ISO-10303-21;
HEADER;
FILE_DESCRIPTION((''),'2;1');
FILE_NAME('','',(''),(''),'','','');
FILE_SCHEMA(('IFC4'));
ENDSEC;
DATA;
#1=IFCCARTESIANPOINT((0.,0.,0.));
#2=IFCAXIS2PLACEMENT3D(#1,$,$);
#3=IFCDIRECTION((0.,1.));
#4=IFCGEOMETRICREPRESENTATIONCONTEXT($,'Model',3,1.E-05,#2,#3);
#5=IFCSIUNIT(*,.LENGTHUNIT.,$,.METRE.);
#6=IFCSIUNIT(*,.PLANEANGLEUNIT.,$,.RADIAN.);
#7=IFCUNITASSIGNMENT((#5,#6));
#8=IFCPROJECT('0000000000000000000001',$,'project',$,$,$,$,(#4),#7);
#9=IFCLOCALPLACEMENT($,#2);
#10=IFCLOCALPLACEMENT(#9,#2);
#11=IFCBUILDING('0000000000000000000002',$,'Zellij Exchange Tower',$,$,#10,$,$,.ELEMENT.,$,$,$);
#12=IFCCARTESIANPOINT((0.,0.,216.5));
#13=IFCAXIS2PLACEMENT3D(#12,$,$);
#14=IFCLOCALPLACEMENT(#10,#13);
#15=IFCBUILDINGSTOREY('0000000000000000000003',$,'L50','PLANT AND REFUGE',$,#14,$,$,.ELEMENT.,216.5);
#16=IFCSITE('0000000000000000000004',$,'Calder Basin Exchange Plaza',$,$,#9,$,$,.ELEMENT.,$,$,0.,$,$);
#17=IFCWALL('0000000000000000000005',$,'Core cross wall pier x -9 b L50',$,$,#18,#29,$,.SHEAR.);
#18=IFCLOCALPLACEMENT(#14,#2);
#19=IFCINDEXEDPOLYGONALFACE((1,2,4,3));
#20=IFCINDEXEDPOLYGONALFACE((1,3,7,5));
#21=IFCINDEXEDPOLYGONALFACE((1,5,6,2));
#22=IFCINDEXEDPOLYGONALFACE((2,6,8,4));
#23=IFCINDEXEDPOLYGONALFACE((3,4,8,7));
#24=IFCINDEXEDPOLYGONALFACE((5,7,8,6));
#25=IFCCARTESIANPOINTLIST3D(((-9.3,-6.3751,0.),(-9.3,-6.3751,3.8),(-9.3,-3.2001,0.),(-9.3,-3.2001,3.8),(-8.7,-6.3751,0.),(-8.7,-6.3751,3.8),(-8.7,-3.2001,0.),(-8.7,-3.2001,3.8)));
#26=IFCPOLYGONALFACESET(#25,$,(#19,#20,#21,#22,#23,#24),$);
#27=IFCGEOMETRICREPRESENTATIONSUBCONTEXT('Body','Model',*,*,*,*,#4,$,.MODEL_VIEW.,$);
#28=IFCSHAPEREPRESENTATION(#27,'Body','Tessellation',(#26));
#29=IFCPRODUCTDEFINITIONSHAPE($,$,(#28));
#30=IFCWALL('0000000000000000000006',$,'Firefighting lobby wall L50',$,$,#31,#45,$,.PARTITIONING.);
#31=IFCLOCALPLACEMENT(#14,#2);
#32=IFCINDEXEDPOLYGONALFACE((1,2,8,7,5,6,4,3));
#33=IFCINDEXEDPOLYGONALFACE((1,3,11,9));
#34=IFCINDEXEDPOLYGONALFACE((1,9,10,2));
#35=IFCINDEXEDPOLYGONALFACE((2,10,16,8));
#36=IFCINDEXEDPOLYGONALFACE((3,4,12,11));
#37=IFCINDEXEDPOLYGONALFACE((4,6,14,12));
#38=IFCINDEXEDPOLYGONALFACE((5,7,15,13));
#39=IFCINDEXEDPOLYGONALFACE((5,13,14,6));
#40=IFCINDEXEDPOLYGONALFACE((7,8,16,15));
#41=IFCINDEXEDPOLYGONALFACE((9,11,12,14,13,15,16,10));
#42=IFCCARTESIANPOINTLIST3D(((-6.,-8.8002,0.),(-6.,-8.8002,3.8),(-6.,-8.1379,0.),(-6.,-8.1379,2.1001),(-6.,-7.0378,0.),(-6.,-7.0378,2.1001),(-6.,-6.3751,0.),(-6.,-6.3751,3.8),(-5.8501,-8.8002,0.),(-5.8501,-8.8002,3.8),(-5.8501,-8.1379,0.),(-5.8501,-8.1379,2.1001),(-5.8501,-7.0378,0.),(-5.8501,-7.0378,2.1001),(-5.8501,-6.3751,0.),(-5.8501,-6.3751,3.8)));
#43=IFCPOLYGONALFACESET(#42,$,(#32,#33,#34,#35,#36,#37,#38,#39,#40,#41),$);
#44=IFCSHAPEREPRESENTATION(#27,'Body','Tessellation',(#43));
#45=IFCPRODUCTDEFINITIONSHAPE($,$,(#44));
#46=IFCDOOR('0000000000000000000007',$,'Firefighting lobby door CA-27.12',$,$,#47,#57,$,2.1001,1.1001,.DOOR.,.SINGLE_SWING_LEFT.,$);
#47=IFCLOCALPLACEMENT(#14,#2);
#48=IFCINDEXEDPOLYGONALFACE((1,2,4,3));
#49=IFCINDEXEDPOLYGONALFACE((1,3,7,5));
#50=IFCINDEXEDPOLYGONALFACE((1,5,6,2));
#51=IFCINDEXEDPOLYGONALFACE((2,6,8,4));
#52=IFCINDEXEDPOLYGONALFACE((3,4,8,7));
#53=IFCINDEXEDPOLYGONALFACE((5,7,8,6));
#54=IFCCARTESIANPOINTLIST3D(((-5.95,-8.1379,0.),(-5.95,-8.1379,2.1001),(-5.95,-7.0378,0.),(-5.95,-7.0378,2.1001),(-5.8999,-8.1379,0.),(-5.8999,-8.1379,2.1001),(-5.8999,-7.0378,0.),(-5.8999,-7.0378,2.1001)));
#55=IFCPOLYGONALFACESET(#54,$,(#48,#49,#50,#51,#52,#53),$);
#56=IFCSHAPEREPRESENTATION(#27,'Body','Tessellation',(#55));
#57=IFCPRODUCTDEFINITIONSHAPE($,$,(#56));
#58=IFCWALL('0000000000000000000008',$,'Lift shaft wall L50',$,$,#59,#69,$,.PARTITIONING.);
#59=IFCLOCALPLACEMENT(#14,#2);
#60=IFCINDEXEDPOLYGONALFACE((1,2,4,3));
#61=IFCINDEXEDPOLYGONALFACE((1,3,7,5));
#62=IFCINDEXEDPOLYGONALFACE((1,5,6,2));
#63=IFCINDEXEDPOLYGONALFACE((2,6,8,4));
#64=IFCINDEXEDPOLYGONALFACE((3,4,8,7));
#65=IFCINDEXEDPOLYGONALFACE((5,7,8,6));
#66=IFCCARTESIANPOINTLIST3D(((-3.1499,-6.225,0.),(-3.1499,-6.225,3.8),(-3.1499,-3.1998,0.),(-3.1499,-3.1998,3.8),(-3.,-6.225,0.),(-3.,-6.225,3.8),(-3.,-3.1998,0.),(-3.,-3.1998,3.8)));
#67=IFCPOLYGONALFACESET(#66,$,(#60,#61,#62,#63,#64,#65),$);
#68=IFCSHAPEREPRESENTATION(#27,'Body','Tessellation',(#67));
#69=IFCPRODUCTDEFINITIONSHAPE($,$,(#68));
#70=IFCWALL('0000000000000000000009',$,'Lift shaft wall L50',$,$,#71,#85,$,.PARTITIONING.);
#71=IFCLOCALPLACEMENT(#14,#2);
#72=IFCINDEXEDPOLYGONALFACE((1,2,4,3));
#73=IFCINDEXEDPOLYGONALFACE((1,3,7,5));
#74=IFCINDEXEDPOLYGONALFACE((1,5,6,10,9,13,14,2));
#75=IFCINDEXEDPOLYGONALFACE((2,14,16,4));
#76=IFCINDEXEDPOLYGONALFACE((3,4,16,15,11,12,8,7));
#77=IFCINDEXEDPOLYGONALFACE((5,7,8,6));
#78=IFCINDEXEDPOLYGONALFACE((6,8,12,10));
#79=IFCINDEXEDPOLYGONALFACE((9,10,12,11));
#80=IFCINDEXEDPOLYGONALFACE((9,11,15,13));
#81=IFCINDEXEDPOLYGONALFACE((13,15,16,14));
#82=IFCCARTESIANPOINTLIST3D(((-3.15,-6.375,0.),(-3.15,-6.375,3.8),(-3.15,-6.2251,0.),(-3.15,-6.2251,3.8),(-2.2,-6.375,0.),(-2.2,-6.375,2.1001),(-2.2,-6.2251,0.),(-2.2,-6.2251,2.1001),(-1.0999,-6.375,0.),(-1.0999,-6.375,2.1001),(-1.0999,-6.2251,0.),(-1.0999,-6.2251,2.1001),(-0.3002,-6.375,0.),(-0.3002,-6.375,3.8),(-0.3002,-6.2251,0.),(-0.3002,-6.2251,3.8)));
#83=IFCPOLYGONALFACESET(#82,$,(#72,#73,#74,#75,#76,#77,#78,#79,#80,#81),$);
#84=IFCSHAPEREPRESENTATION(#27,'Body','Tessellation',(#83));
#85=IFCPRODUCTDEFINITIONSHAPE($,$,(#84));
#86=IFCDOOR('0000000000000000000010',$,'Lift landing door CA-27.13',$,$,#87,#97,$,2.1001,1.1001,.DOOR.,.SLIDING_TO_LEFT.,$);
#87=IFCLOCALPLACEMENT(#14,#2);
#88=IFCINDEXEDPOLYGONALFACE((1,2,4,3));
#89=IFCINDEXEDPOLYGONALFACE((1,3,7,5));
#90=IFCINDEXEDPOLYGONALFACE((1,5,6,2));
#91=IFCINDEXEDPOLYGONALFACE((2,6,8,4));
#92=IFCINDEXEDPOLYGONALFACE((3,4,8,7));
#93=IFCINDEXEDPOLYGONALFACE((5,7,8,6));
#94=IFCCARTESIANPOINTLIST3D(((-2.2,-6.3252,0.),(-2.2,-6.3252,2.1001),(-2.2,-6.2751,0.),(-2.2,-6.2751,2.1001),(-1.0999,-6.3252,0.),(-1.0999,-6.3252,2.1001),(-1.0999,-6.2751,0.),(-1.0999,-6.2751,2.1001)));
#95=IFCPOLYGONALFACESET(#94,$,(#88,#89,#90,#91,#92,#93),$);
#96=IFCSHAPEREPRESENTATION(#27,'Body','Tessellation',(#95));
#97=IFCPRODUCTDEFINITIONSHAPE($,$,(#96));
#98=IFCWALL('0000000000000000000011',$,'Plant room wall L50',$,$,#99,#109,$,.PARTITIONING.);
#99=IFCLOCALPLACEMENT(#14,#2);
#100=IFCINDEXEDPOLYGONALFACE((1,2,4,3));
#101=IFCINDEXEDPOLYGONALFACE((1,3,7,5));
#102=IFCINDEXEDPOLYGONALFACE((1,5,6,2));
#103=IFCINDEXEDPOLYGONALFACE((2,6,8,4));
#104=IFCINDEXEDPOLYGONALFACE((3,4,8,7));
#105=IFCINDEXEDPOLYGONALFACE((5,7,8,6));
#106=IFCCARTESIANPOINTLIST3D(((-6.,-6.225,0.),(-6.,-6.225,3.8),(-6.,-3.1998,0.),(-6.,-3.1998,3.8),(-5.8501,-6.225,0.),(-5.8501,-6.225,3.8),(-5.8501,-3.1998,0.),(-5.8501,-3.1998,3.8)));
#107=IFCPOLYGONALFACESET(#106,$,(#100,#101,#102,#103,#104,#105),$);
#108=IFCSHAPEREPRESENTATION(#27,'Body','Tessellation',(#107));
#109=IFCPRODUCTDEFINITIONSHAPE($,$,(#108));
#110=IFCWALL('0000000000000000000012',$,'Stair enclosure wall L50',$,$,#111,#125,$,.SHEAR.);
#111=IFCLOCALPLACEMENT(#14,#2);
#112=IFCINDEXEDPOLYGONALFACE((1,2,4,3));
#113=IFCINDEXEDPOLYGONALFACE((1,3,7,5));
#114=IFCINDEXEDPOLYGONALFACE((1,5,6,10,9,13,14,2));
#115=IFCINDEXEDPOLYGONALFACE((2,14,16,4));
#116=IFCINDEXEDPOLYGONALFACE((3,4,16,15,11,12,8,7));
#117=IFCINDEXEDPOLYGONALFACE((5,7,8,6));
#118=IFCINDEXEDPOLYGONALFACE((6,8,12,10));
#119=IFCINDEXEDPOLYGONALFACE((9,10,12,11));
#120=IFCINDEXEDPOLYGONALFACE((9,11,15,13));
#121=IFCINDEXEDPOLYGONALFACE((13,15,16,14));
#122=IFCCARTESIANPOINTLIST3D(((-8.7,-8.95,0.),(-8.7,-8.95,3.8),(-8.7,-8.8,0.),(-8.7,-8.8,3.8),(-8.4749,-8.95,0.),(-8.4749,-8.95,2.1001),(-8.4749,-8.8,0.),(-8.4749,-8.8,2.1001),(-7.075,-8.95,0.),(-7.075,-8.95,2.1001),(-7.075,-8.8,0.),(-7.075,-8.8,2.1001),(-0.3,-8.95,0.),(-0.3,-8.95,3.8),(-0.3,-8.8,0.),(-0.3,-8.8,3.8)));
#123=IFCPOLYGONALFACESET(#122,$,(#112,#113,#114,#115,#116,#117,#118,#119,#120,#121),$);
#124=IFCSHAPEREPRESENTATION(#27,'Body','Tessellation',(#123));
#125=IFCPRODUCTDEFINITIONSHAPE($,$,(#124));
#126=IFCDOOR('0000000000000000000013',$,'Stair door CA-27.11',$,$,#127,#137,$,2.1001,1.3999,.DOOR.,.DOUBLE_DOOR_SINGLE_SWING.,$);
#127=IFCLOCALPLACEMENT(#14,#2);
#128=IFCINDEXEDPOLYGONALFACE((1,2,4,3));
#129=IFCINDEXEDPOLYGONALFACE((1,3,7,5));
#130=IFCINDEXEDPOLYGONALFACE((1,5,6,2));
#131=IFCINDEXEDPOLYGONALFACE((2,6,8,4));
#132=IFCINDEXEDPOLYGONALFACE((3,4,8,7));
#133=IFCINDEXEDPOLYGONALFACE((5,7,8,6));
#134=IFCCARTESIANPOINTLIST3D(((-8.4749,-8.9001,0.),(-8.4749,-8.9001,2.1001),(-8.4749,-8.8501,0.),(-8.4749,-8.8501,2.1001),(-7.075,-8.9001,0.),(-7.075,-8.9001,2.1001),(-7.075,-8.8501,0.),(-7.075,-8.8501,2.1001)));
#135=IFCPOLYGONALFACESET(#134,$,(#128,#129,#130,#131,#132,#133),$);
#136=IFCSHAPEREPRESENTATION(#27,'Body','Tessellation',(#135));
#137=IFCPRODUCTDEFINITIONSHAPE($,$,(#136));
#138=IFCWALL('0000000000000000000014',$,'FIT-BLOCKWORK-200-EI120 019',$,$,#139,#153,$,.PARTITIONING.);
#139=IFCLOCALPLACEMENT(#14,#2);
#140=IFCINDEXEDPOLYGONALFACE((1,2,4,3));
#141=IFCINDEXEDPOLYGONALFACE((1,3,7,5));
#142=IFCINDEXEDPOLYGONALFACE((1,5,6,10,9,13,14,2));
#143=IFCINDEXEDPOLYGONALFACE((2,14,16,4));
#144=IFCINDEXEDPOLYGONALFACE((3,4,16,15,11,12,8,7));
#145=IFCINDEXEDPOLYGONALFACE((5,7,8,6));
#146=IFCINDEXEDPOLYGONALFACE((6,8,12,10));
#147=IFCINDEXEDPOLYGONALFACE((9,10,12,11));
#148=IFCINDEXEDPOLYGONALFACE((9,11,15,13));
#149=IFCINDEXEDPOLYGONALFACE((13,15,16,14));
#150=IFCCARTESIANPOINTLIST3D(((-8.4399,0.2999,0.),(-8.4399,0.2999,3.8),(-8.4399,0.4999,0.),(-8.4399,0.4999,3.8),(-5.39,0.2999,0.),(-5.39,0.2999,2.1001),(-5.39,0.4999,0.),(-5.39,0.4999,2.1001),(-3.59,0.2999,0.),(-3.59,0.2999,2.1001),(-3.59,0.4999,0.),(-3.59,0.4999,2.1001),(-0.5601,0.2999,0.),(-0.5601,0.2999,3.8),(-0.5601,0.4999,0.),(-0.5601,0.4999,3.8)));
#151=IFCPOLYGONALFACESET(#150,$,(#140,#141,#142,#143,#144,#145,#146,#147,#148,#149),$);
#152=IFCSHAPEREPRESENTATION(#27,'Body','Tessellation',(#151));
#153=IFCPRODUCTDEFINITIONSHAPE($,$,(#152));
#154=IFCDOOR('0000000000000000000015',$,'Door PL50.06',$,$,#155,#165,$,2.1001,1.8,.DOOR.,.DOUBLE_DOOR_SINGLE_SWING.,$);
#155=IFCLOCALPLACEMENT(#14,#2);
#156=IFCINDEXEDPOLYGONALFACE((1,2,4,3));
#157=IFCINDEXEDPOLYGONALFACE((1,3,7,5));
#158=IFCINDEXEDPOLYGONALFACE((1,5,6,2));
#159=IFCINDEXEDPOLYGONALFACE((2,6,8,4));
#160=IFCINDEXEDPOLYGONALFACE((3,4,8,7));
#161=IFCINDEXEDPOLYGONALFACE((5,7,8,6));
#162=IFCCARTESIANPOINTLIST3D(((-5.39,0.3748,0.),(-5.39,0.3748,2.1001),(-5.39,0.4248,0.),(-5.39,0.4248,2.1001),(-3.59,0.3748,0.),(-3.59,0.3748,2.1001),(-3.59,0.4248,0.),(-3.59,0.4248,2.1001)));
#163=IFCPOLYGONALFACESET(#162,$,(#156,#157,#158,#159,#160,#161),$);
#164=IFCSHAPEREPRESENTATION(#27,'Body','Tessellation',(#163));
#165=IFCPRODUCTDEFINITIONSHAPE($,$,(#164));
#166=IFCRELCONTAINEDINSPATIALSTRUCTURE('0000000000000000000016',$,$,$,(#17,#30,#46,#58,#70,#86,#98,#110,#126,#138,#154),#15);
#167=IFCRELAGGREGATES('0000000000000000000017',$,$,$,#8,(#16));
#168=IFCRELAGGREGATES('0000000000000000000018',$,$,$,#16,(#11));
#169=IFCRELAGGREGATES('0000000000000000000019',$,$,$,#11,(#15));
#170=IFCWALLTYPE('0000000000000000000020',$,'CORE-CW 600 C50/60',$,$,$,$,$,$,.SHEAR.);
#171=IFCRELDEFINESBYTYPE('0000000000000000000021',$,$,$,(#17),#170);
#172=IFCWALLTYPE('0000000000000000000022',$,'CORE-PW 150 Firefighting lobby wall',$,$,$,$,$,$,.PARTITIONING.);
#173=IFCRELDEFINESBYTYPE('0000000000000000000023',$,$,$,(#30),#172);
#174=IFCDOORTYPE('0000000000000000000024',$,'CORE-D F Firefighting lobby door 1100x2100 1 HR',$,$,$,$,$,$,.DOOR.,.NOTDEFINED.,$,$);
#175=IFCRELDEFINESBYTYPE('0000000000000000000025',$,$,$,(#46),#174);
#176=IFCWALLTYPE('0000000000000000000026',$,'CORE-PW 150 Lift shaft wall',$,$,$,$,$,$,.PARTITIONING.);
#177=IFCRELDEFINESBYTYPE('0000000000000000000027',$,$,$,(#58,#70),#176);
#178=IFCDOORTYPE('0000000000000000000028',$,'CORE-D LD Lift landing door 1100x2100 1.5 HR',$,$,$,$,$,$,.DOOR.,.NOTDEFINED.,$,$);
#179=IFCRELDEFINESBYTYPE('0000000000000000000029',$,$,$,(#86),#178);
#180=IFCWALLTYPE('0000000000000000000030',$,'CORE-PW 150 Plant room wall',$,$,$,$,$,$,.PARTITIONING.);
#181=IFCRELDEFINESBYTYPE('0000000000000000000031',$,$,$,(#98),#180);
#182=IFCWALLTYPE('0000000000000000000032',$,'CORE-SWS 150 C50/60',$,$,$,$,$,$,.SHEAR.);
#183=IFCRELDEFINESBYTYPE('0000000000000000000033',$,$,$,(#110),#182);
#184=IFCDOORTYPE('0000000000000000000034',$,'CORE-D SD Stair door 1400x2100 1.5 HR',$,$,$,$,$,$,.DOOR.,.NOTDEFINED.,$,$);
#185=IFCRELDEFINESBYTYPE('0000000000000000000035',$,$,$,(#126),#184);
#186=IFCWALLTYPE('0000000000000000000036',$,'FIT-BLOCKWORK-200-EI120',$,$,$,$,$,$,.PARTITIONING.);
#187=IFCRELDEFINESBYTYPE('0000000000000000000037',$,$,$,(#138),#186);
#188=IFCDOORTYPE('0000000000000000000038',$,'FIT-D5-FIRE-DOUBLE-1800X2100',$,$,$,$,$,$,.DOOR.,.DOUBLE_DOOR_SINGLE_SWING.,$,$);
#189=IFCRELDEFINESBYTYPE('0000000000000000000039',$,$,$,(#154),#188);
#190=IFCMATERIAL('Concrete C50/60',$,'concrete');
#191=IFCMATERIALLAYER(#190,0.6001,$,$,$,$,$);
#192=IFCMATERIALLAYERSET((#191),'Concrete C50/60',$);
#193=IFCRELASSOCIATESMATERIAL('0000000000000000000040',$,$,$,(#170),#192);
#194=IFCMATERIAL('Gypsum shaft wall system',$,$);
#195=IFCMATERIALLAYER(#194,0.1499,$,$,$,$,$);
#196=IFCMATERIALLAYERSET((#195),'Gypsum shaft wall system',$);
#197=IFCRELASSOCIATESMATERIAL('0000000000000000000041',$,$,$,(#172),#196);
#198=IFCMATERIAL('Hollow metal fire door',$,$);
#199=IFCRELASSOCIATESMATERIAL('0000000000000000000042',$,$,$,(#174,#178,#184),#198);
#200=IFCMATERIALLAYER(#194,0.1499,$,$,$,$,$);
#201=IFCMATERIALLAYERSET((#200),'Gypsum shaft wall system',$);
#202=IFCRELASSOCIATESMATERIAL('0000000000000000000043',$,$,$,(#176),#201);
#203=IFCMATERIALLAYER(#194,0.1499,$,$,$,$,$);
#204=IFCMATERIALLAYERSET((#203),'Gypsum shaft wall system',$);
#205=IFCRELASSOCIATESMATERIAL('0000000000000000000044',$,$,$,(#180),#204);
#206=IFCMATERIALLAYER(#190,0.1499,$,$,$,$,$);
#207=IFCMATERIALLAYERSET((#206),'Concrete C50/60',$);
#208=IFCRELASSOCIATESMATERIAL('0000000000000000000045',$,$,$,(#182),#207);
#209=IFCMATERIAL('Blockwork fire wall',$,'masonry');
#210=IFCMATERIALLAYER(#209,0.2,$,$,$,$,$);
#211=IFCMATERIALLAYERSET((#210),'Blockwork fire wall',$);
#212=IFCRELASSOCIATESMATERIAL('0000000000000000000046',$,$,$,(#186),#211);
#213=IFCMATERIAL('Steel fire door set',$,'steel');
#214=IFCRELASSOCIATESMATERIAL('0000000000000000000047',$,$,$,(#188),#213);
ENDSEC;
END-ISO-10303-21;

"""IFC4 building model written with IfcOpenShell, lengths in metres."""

from ifc_helpers import new_model, si_unit, direction, frame, frame_2d, origin, place, context, subcontext, project, spatial, rectangle, extrude, material, layer, layer_set, type_object, element, fill, save


model = new_model("IFC4")

# Units and contexts
model_context = context("Model", 3, precision=1e-05, world=origin(), true_north=direction((0.0, 1.0)))
body_context = subcontext(model_context, "Body", "Model", "MODEL_VIEW")
ifc_project = project(units=[si_unit("LENGTHUNIT", "METRE"), si_unit("PLANEANGLEUNIT", "RADIAN")], contexts=[model_context])

# Site, building, storey
site_placement = place(None, origin())
site = spatial("IfcSite", under=ifc_project, at=site_placement, Name="Calder Basin Exchange Plaza", CompositionType="ELEMENT", RefElevation=0.0)
building_placement = place(site_placement, origin())
building = spatial("IfcBuilding", under=site, at=building_placement, Name="Zellij Exchange Tower", CompositionType="ELEMENT")
storey_placement = place(building_placement, frame((0.0, 0.0, 216.5)))
storey = spatial("IfcBuildingStorey", under=building, at=storey_placement, Name="L50", Description="PLANT AND REFUGE", CompositionType="ELEMENT", Elevation=216.5)

# Shared definitions
ifc_material_1 = material(Name="Concrete C50/60", Category="concrete")

# Wall
ifc_layer_1 = layer(ifc_material_1, 0.6001)
ifc_layer_set_1 = layer_set([ifc_layer_1], Name="Concrete C50/60")
wall_type_1 = type_object("IfcWallType", Name="CORE-CW 600 C50/60", PredefinedType="SHEAR", material=ifc_layer_set_1)
wall_1_placement = place(storey_placement, frame((-9.0, -6.375, 0.0), z_axis=(0.0, 0.0, 1.0), x_axis=(0.0, 1.0, 0.0)))
element("IfcWall", 1, at=wall_1_placement, inside=storey, type_object=wall_type_1, Name="Core cross wall pier x -9 b L50", PredefinedType="SHEAR", context=body_context, shape_type="SweptSolid", body=[
    extrude(rectangle(XDim=3.175, YDim=0.6001, at=frame_2d((1.5874, 0.0))), origin(), (0.0, 0.0, 1.0), 3.8),
])

# Wall, opening, door
ifc_material_2 = material(Name="Gypsum shaft wall system")
ifc_layer_2 = layer(ifc_material_2, 0.1499)
ifc_layer_set_2 = layer_set([ifc_layer_2], Name="Gypsum shaft wall system")
wall_type_2 = type_object("IfcWallType", Name="CORE-PW 150 Firefighting lobby wall", PredefinedType="PARTITIONING", material=ifc_layer_set_2)
wall_2_placement = place(storey_placement, frame((-5.925, -8.8, 0.0), z_axis=(0.0, 0.0, 1.0), x_axis=(0.0, 1.0, 0.0)))
wall_2 = element("IfcWall", 2, at=wall_2_placement, inside=storey, type_object=wall_type_2, Name="Firefighting lobby wall L50", PredefinedType="PARTITIONING", context=body_context, shape_type="SweptSolid", body=[
    extrude(rectangle(XDim=2.425, YDim=0.1499, at=frame_2d((1.2124, 0.0))), origin(), (0.0, 0.0, 1.0), 3.8),
])
opening_1_placement = place(wall_2_placement, frame((0.6621, 0.0, 0.0)))
opening_1 = element("IfcOpeningElement", 3, at=opening_1_placement, cuts=wall_2, PredefinedType="OPENING", context=body_context, shape_type="SweptSolid", body=[
    extrude(rectangle(XDim=1.1001, YDim=2.1001, at=frame_2d((0.55, 1.05))), frame((0.0, 0.0869, 0.0), z_axis=(0.0, -1.0, 0.0), x_axis=(1.0, 0.0, 0.0)), (0.0, 0.0, 1.0), 0.1738),
])
ifc_material_3 = material(Name="Hollow metal fire door")
door_type_1 = type_object("IfcDoorType", Name="CORE-D F Firefighting lobby door 1100x2100 1 HR", OperationType="NOTDEFINED", PredefinedType="DOOR", material=ifc_material_3)
door_1_placement = place(opening_1_placement, origin())
door_1 = element("IfcDoor", 4, at=door_1_placement, inside=storey, type_object=door_type_1, Name="Firefighting lobby door CA-27.12", OperationType="SINGLE_SWING_LEFT", OverallHeight=2.1001, OverallWidth=1.1001, PredefinedType="DOOR", context=body_context, shape_type="SweptSolid", body=[
    extrude(rectangle(XDim=1.1001, YDim=2.1001, at=frame_2d((0.55, 1.05))), frame((0.0, 0.0249, 0.0), z_axis=(0.0, -1.0, 0.0), x_axis=(1.0, 0.0, 0.0)), (0.0, 0.0, 1.0), 0.05),
])
fill(opening_1, door_1)

# Wall
ifc_layer_3 = layer(ifc_material_2, 0.1499)
ifc_layer_set_3 = layer_set([ifc_layer_3], Name="Gypsum shaft wall system")
wall_type_3 = type_object("IfcWallType", Name="CORE-PW 150 Lift shaft wall", PredefinedType="PARTITIONING", material=ifc_layer_set_3)
wall_3_placement = place(storey_placement, frame((-3.075, -6.2251, 0.0), z_axis=(0.0, 0.0, 1.0), x_axis=(0.0, 1.0, 0.0)))
element("IfcWall", 5, at=wall_3_placement, inside=storey, type_object=wall_type_3, Name="Lift shaft wall L50", PredefinedType="PARTITIONING", context=body_context, shape_type="SweptSolid", body=[
    extrude(rectangle(XDim=3.0251, YDim=0.1499, at=frame_2d((1.5127, 0.0))), origin(), (0.0, 0.0, 1.0), 3.8),
])

# Wall, opening, door
wall_4_placement = place(storey_placement, frame((-3.1499, -6.3, 0.0), z_axis=(0.0, 0.0, 1.0), x_axis=(1.0, 0.0, 0.0)))
wall_4 = element("IfcWall", 6, at=wall_4_placement, inside=storey, type_object=wall_type_3, Name="Lift shaft wall L50", PredefinedType="PARTITIONING", context=body_context, shape_type="SweptSolid", body=[
    extrude(rectangle(XDim=2.8499, YDim=0.1499, at=frame_2d((1.4248, 0.0))), origin(), (0.0, 0.0, 1.0), 3.8),
])
opening_2_placement = place(wall_4_placement, frame((0.95, 0.0, 0.0)))
opening_2 = element("IfcOpeningElement", 7, at=opening_2_placement, cuts=wall_4, PredefinedType="OPENING", context=body_context, shape_type="SweptSolid", body=[
    extrude(rectangle(XDim=1.1001, YDim=2.1001, at=frame_2d((0.55, 1.05))), frame((0.0, 0.0869, 0.0), z_axis=(0.0, -1.0, 0.0), x_axis=(1.0, 0.0, 0.0)), (0.0, 0.0, 1.0), 0.1738),
])
door_type_2 = type_object("IfcDoorType", Name="CORE-D LD Lift landing door 1100x2100 1.5 HR", OperationType="NOTDEFINED", PredefinedType="DOOR", material=ifc_material_3)
door_2_placement = place(opening_2_placement, origin())
door_2 = element("IfcDoor", 8, at=door_2_placement, inside=storey, type_object=door_type_2, Name="Lift landing door CA-27.13", OperationType="SLIDING_TO_LEFT", OverallHeight=2.1001, OverallWidth=1.1001, PredefinedType="DOOR", context=body_context, shape_type="SweptSolid", body=[
    extrude(rectangle(XDim=1.1001, YDim=2.1001, at=frame_2d((0.55, 1.05))), frame((0.0, 0.0249, 0.0), z_axis=(0.0, -1.0, 0.0), x_axis=(1.0, 0.0, 0.0)), (0.0, 0.0, 1.0), 0.05),
])
fill(opening_2, door_2)

# Wall
ifc_layer_4 = layer(ifc_material_2, 0.1499)
ifc_layer_set_4 = layer_set([ifc_layer_4], Name="Gypsum shaft wall system")
wall_type_4 = type_object("IfcWallType", Name="CORE-PW 150 Plant room wall", PredefinedType="PARTITIONING", material=ifc_layer_set_4)
wall_5_placement = place(storey_placement, frame((-5.925, -6.2251, 0.0), z_axis=(0.0, 0.0, 1.0), x_axis=(0.0, 1.0, 0.0)))
element("IfcWall", 9, at=wall_5_placement, inside=storey, type_object=wall_type_4, Name="Plant room wall L50", PredefinedType="PARTITIONING", context=body_context, shape_type="SweptSolid", body=[
    extrude(rectangle(XDim=3.0251, YDim=0.1499, at=frame_2d((1.5127, 0.0))), origin(), (0.0, 0.0, 1.0), 3.8),
])

# Walls, openings, doors
ifc_layer_5 = layer(ifc_material_1, 0.1499)
ifc_layer_set_5 = layer_set([ifc_layer_5], Name="Concrete C50/60")
wall_type_5 = type_object("IfcWallType", Name="CORE-SWS 150 C50/60", PredefinedType="SHEAR", material=ifc_layer_set_5)
wall_6_placement = place(storey_placement, frame((-8.7, -8.875, 0.0), z_axis=(0.0, 0.0, 1.0), x_axis=(1.0, 0.0, 0.0)))
wall_6 = element("IfcWall", 10, at=wall_6_placement, inside=storey, type_object=wall_type_5, Name="Stair enclosure wall L50", PredefinedType="SHEAR", context=body_context, shape_type="SweptSolid", body=[
    extrude(rectangle(XDim=8.3999, YDim=0.1499, at=frame_2d((4.2, 0.0))), origin(), (0.0, 0.0, 1.0), 3.8),
])
opening_3_placement = place(wall_6_placement, frame((0.2251, 0.0, 0.0)))
opening_3 = element("IfcOpeningElement", 11, at=opening_3_placement, cuts=wall_6, PredefinedType="OPENING", context=body_context, shape_type="SweptSolid", body=[
    extrude(rectangle(XDim=1.3999, YDim=2.1001, at=frame_2d((0.7, 1.05))), frame((0.0, 0.0869, 0.0), z_axis=(0.0, -1.0, 0.0), x_axis=(1.0, 0.0, 0.0)), (0.0, 0.0, 1.0), 0.1738),
])
door_type_3 = type_object("IfcDoorType", Name="CORE-D SD Stair door 1400x2100 1.5 HR", OperationType="NOTDEFINED", PredefinedType="DOOR", material=ifc_material_3)
door_3_placement = place(opening_3_placement, origin())
door_3 = element("IfcDoor", 12, at=door_3_placement, inside=storey, type_object=door_type_3, Name="Stair door CA-27.11", OperationType="DOUBLE_DOOR_SINGLE_SWING", OverallHeight=2.1001, OverallWidth=1.3999, PredefinedType="DOOR", context=body_context, shape_type="SweptSolid", body=[
    extrude(rectangle(XDim=1.3999, YDim=2.1001, at=frame_2d((0.7, 1.05))), frame((0.0, 0.0249, 0.0), z_axis=(0.0, -1.0, 0.0), x_axis=(1.0, 0.0, 0.0)), (0.0, 0.0, 1.0), 0.05),
])
fill(opening_3, door_3)
ifc_material_4 = material(Name="Blockwork fire wall", Category="masonry")
ifc_layer_6 = layer(ifc_material_4, 0.2)
ifc_layer_set_6 = layer_set([ifc_layer_6], Name="Blockwork fire wall")
wall_type_6 = type_object("IfcWallType", Name="FIT-BLOCKWORK-200-EI120", PredefinedType="PARTITIONING", material=ifc_layer_set_6)
wall_7_placement = place(storey_placement, frame((-8.4399, 0.3999, 0.0), z_axis=(0.0, 0.0, 1.0), x_axis=(1.0, 0.0, 0.0)))
wall_7 = element("IfcWall", 13, at=wall_7_placement, inside=storey, type_object=wall_type_6, Name="FIT-BLOCKWORK-200-EI120 019", PredefinedType="PARTITIONING", context=body_context, shape_type="SweptSolid", body=[
    extrude(rectangle(XDim=7.8799, YDim=0.2, at=frame_2d((3.9399, 0.0))), origin(), (0.0, 0.0, 1.0), 3.8),
])
opening_4_placement = place(wall_7_placement, frame((3.05, 0.0, 0.0)))
opening_4 = element("IfcOpeningElement", 14, at=opening_4_placement, cuts=wall_7, PredefinedType="OPENING", context=body_context, shape_type="SweptSolid", body=[
    extrude(rectangle(XDim=1.8, YDim=2.1001, at=frame_2d((0.8999, 1.05))), frame((0.0, 0.1118, 0.0), z_axis=(0.0, -1.0, 0.0), x_axis=(1.0, 0.0, 0.0)), (0.0, 0.0, 1.0), 0.2239),
])
ifc_material_5 = material(Name="Steel fire door set", Category="steel")
door_type_4 = type_object("IfcDoorType", Name="FIT-D5-FIRE-DOUBLE-1800X2100", OperationType="DOUBLE_DOOR_SINGLE_SWING", PredefinedType="DOOR", material=ifc_material_5)
door_4_placement = place(opening_4_placement, origin())
door_4 = element("IfcDoor", 15, at=door_4_placement, inside=storey, type_object=door_type_4, Name="Door PL50.06", OperationType="DOUBLE_DOOR_SINGLE_SWING", OverallHeight=2.1001, OverallWidth=1.8, PredefinedType="DOOR", context=body_context, shape_type="SweptSolid", body=[
    extrude(rectangle(XDim=1.8, YDim=2.1001, at=frame_2d((0.8999, 1.05))), frame((0.0, 0.0249, 0.0), z_axis=(0.0, -1.0, 0.0), x_axis=(1.0, 0.0, 0.0)), (0.0, 0.0, 1.0), 0.05),
])
fill(opening_4, door_4)

save(model, "model.ifc")
